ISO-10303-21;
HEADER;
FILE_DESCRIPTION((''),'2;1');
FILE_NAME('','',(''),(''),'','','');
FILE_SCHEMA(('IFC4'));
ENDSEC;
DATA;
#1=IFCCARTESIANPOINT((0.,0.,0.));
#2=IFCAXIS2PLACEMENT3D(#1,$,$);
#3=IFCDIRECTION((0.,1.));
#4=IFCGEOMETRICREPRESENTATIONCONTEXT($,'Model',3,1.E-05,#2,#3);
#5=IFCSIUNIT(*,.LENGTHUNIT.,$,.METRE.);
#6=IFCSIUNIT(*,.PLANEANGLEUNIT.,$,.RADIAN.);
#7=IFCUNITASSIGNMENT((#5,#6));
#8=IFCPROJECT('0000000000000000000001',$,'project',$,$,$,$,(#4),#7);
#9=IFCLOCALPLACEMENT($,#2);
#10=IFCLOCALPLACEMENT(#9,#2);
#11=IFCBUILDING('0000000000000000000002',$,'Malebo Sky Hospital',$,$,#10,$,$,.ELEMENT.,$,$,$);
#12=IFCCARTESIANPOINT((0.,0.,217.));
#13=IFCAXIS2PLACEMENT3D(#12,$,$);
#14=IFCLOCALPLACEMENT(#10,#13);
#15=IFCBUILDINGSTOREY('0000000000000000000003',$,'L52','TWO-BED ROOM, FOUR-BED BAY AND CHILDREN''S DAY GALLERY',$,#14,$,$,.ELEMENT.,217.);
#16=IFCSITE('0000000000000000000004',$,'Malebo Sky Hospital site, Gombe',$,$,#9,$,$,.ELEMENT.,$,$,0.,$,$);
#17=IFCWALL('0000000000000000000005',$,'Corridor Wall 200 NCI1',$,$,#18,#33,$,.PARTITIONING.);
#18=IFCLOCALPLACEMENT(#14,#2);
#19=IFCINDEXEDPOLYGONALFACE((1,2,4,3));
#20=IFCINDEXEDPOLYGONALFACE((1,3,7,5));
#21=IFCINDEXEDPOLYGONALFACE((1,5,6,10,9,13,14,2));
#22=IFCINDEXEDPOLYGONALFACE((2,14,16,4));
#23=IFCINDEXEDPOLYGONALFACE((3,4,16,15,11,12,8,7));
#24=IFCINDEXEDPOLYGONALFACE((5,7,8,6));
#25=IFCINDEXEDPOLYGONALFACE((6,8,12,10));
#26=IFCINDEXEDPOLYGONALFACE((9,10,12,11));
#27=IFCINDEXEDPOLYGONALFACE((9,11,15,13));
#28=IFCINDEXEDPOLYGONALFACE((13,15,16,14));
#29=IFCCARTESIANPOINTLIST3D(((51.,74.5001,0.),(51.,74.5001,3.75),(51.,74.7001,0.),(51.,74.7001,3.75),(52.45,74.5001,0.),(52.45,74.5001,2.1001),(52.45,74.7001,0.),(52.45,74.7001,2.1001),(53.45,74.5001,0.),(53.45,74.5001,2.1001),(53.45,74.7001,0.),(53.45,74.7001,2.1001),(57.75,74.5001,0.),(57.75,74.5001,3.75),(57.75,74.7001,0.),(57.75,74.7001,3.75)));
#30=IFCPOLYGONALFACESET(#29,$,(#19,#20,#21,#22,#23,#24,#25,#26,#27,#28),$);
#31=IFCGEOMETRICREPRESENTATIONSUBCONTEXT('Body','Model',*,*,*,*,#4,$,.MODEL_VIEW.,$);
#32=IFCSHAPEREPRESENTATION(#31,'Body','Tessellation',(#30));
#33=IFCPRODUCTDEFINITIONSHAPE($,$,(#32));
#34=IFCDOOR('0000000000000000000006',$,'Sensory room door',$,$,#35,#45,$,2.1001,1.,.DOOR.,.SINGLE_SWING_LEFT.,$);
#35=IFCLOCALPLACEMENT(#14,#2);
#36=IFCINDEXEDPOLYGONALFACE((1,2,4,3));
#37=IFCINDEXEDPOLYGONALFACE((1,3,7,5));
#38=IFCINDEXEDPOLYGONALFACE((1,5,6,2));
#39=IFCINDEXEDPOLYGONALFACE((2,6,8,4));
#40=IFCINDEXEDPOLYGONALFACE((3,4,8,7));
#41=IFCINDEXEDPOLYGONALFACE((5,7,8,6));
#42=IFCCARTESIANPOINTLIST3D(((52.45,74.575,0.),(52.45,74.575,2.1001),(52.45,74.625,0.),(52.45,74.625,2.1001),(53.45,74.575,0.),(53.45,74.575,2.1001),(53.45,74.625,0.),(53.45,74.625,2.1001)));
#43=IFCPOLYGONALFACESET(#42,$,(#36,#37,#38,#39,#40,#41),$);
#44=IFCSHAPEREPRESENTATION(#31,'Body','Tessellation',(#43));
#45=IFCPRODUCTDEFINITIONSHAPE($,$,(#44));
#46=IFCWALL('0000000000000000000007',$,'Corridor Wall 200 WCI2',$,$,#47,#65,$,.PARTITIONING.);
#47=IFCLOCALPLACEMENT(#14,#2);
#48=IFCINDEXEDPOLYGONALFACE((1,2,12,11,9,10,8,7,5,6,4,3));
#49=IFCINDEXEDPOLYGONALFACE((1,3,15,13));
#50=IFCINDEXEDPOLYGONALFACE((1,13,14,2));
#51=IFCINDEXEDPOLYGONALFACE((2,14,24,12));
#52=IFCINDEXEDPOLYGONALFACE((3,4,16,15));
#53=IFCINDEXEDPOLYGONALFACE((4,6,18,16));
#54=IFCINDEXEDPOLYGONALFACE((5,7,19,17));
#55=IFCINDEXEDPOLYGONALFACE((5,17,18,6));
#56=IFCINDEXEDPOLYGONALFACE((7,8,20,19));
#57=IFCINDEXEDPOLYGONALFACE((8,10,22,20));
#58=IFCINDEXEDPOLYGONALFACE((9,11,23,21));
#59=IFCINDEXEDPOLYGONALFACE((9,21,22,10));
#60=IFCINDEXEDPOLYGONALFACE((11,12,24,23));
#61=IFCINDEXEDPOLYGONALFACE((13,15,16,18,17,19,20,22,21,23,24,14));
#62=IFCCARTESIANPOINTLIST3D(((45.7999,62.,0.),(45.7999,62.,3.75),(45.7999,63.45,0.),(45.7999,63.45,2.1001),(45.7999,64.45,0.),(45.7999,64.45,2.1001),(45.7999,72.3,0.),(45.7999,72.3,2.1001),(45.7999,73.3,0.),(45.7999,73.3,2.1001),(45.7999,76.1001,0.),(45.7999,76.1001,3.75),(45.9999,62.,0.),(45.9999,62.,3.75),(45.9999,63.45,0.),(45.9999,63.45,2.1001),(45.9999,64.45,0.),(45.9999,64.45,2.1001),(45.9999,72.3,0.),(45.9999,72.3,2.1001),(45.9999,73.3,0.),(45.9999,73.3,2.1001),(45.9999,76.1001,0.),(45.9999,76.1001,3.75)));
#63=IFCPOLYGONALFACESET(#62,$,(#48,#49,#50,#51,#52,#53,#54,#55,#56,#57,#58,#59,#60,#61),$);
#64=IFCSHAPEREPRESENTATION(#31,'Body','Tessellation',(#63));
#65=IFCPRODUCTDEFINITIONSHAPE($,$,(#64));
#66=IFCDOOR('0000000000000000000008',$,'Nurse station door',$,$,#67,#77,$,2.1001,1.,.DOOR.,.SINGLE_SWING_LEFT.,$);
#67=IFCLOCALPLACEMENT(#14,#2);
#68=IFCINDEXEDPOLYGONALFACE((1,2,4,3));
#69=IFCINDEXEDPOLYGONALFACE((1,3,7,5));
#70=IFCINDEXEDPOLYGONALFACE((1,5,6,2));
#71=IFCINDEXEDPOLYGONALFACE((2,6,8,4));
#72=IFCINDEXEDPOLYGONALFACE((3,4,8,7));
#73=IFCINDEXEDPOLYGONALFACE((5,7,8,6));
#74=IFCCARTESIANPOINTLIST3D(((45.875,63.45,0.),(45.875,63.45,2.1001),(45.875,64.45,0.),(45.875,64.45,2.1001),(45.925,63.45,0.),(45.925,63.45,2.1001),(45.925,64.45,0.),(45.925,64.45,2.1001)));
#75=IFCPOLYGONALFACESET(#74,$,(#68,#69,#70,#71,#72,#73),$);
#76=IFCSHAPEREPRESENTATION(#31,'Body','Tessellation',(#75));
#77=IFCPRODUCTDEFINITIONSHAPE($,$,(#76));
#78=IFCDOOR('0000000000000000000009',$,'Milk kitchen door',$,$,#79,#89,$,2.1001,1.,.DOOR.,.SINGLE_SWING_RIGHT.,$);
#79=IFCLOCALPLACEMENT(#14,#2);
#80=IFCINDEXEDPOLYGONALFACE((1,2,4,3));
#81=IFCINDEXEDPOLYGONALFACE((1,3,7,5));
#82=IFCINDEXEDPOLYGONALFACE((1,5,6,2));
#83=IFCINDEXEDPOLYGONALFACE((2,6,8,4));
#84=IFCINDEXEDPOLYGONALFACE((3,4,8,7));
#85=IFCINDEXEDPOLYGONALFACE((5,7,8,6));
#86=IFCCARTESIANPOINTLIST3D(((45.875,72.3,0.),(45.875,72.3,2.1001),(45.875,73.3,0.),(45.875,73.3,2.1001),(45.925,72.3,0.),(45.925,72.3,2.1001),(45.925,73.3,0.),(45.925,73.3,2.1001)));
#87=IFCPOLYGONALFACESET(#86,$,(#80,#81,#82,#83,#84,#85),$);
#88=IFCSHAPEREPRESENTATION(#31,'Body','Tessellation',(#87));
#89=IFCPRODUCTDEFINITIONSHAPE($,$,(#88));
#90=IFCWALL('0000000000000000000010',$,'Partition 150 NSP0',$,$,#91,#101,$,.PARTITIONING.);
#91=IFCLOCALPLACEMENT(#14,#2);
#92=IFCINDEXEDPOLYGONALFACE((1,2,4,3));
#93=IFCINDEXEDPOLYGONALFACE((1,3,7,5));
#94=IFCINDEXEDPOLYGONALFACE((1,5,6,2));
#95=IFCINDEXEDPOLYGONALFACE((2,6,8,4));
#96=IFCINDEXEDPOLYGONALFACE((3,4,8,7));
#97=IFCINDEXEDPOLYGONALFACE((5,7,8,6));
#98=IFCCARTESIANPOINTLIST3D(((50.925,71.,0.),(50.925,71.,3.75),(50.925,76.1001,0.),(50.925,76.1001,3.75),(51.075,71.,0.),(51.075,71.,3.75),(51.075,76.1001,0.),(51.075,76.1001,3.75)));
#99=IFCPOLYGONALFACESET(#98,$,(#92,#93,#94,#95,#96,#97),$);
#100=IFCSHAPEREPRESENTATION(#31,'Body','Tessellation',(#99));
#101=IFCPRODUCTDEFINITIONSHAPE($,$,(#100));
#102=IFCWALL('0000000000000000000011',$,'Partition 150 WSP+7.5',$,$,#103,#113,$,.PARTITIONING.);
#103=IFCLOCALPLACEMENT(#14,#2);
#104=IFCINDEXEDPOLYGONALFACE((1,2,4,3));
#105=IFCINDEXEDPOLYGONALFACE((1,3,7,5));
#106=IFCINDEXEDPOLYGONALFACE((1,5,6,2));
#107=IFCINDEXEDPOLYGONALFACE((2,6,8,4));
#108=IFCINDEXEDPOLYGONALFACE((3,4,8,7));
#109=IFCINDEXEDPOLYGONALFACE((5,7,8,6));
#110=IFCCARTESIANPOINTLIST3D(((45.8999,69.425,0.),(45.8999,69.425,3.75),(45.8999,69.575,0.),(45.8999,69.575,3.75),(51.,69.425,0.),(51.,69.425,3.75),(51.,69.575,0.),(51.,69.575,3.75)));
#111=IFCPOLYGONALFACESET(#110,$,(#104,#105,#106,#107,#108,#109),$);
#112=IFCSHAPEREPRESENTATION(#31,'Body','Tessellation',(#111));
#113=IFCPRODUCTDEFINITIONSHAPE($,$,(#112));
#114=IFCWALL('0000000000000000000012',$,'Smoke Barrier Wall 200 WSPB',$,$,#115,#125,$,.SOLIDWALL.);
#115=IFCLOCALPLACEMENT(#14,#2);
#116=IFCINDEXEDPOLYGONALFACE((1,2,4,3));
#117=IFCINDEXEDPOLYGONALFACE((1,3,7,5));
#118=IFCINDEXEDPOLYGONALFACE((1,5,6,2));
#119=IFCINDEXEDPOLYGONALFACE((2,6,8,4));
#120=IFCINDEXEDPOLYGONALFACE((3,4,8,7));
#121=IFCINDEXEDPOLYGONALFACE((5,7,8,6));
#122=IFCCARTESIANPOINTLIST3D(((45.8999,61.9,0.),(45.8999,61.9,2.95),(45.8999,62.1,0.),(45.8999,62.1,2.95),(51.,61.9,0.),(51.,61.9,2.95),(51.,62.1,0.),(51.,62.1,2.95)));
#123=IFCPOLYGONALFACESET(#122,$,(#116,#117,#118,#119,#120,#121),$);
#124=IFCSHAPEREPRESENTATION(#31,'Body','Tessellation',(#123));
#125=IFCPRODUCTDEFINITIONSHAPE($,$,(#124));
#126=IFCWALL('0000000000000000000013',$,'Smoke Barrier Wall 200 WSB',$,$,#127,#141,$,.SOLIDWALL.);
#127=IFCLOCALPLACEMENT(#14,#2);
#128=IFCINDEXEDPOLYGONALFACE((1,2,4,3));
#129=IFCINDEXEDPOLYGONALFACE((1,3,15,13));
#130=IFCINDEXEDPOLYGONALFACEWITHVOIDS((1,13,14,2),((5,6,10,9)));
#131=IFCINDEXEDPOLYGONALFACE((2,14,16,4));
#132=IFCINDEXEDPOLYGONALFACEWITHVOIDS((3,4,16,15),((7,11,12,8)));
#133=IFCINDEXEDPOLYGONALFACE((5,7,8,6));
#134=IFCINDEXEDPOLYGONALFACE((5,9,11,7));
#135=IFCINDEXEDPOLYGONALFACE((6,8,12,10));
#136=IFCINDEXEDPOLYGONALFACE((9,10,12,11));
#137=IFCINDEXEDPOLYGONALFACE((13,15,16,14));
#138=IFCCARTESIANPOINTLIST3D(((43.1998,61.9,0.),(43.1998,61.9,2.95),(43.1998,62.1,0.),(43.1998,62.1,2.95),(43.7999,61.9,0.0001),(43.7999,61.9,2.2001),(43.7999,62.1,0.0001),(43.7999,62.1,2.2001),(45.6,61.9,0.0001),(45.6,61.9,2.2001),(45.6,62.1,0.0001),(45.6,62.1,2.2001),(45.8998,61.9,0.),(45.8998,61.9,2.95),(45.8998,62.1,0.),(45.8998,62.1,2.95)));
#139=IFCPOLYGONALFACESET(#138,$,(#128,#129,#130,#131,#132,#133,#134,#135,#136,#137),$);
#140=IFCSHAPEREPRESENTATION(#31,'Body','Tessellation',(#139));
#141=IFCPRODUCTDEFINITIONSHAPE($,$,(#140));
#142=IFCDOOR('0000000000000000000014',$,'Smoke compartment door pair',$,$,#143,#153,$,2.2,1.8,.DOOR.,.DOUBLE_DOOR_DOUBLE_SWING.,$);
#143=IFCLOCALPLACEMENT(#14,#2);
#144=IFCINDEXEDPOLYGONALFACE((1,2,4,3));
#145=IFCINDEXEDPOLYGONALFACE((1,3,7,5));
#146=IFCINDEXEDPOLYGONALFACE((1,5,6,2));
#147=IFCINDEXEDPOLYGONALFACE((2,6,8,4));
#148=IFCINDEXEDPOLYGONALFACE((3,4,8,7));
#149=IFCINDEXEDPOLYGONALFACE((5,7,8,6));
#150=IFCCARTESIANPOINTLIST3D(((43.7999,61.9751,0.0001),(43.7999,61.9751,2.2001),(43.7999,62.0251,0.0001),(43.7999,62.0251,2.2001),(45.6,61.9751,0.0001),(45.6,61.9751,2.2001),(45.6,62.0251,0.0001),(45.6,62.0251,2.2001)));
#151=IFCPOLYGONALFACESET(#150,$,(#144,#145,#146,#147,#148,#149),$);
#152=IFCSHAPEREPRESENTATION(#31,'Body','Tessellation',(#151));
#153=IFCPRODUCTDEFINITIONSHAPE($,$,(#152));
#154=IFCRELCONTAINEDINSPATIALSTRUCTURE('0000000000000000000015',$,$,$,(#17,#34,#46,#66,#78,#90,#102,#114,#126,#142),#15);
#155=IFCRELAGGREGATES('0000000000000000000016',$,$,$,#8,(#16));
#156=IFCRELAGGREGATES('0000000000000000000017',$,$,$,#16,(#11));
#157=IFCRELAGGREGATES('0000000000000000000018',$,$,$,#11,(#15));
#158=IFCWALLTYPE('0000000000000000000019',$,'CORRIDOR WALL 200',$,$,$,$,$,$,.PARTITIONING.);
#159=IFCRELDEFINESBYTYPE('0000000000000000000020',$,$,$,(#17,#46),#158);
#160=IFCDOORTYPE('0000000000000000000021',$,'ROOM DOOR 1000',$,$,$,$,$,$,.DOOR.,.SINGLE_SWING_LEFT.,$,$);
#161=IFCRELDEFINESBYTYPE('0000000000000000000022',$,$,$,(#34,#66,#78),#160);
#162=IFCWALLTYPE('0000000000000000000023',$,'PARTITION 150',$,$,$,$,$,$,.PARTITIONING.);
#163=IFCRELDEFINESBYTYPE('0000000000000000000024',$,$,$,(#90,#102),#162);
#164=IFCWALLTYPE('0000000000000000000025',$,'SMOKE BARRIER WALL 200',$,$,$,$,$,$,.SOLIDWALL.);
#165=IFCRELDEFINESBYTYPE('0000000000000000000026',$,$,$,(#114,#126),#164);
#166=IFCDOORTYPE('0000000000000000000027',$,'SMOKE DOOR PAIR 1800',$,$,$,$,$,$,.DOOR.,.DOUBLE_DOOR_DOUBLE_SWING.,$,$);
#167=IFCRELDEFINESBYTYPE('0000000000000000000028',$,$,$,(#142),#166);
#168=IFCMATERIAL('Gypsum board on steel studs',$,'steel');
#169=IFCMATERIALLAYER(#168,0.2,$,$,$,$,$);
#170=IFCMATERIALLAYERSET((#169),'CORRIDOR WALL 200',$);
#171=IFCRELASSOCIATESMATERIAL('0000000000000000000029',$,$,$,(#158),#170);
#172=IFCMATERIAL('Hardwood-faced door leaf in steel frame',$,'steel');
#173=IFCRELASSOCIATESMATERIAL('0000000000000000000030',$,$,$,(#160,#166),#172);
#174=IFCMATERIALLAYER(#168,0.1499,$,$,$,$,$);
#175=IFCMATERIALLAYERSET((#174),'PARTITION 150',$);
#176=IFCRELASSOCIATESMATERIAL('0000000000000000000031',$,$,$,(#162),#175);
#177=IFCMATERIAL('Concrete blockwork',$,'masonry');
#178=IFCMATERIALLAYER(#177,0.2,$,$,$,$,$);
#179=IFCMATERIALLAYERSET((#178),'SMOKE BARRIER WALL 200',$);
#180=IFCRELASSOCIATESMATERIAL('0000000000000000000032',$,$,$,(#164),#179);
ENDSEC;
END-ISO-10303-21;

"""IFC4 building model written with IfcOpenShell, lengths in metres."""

from ifc_helpers import new_model, si_unit, direction, frame, frame_2d, origin, place, context, subcontext, project, spatial, rectangle, extrude, material, layer, layer_set, type_object, element, fill, save


model = new_model("IFC4")

# Units and contexts
model_context = context("Model", 3, precision=1e-05, world=origin(), true_north=direction((0.0, 1.0)))
body_context = subcontext(model_context, "Body", "Model", "MODEL_VIEW")
ifc_project = project(units=[si_unit("LENGTHUNIT", "METRE"), si_unit("PLANEANGLEUNIT", "RADIAN")], contexts=[model_context])

# Site, building, storey
site_placement = place(None, origin())
site = spatial("IfcSite", under=ifc_project, at=site_placement, Name="Malebo Sky Hospital site, Gombe", CompositionType="ELEMENT", RefElevation=0.0)
building_placement = place(site_placement, origin())
building = spatial("IfcBuilding", under=site, at=building_placement, Name="Malebo Sky Hospital", CompositionType="ELEMENT")
storey_placement = place(building_placement, frame((0.0, 0.0, 217.0)))
storey = spatial("IfcBuildingStorey", under=building, at=storey_placement, Name="L52", Description="TWO-BED ROOM, FOUR-BED BAY AND CHILDREN'S DAY GALLERY", CompositionType="ELEMENT", Elevation=217.0)

# Wall, opening, door
ifc_material_1 = material(Name="Hardwood-faced door leaf in steel frame", Category="steel")
ifc_material_2 = material(Name="Gypsum board on steel studs", Category="steel")
ifc_layer_1 = layer(ifc_material_2, 0.2)
ifc_layer_set_1 = layer_set([ifc_layer_1], Name="CORRIDOR WALL 200")
wall_type_1 = type_object("IfcWallType", Name="CORRIDOR WALL 200", PredefinedType="PARTITIONING", material=ifc_layer_set_1)
wall_1_placement = place(storey_placement, frame((51.0, 74.6001, 0.0), z_axis=(0.0, 0.0, 1.0), x_axis=(1.0, 0.0, 0.0)))
wall_1 = element("IfcWall", 1, at=wall_1_placement, inside=storey, type_object=wall_type_1, Name="Corridor Wall 200 NCI1", PredefinedType="PARTITIONING", context=body_context, shape_type="SweptSolid", body=[
    extrude(rectangle(XDim=6.75, YDim=0.2, at=frame_2d((3.375, 0.0))), origin(), (0.0, 0.0, 1.0), 3.75),
])
opening_1_placement = place(wall_1_placement, frame((1.45, 0.0, 0.0)))
opening_1 = element("IfcOpeningElement", 2, at=opening_1_placement, cuts=wall_1, PredefinedType="OPENING", context=body_context, shape_type="SweptSolid", body=[
    extrude(rectangle(XDim=1.0, YDim=2.1001, at=frame_2d((0.5, 1.05))), frame((0.0, 0.1099, 0.0), z_axis=(0.0, -1.0, 0.0), x_axis=(1.0, 0.0, 0.0)), (0.0, 0.0, 1.0), 0.22),
])
door_type_1 = type_object("IfcDoorType", Name="ROOM DOOR 1000", OperationType="SINGLE_SWING_LEFT", PredefinedType="DOOR", material=ifc_material_1)
door_1_placement = place(opening_1_placement, origin())
door_1 = element("IfcDoor", 3, at=door_1_placement, inside=storey, type_object=door_type_1, Name="Sensory room door", OperationType="SINGLE_SWING_LEFT", OverallHeight=2.1001, OverallWidth=1.0, PredefinedType="DOOR", context=body_context, shape_type="SweptSolid", body=[
    extrude(rectangle(XDim=1.0, YDim=2.1001, at=frame_2d((0.5, 1.05))), frame((0.0, 0.0249, 0.0), z_axis=(0.0, -1.0, 0.0), x_axis=(1.0, 0.0, 0.0)), (0.0, 0.0, 1.0), 0.05),
])
fill(opening_1, door_1)

# Wall, openings, doors
wall_2_placement = place(storey_placement, frame((45.8999, 62.0, 0.0), z_axis=(0.0, 0.0, 1.0), x_axis=(0.0, 1.0, 0.0)))
wall_2 = element("IfcWall", 4, at=wall_2_placement, inside=storey, type_object=wall_type_1, Name="Corridor Wall 200 WCI2", PredefinedType="PARTITIONING", context=body_context, shape_type="SweptSolid", body=[
    extrude(rectangle(XDim=14.1001, YDim=0.2, at=frame_2d((7.05, 0.0))), origin(), (0.0, 0.0, 1.0), 3.75),
])
opening_2_placement = place(wall_2_placement, frame((1.45, 0.0, 0.0)))
opening_2 = element("IfcOpeningElement", 5, at=opening_2_placement, cuts=wall_2, PredefinedType="OPENING", context=body_context, shape_type="SweptSolid", body=[
    extrude(rectangle(XDim=1.0, YDim=2.1001, at=frame_2d((0.5, 1.05))), frame((0.0, 0.1099, 0.0), z_axis=(0.0, -1.0, 0.0), x_axis=(1.0, 0.0, 0.0)), (0.0, 0.0, 1.0), 0.22),
])
opening_3_placement = place(wall_2_placement, frame((10.3, 0.0, 0.0)))
opening_3 = element("IfcOpeningElement", 6, at=opening_3_placement, cuts=wall_2, PredefinedType="OPENING", context=body_context, shape_type="SweptSolid", body=[
    extrude(rectangle(XDim=1.0, YDim=2.1001, at=frame_2d((0.5, 1.05))), frame((0.0, 0.1099, 0.0), z_axis=(0.0, -1.0, 0.0), x_axis=(1.0, 0.0, 0.0)), (0.0, 0.0, 1.0), 0.22),
])
door_2_placement = place(opening_2_placement, origin())
door_2 = element("IfcDoor", 7, at=door_2_placement, inside=storey, type_object=door_type_1, Name="Nurse station door", OperationType="SINGLE_SWING_LEFT", OverallHeight=2.1001, OverallWidth=1.0, PredefinedType="DOOR", context=body_context, shape_type="SweptSolid", body=[
    extrude(rectangle(XDim=1.0, YDim=2.1001, at=frame_2d((0.5, 1.05))), frame((0.0, 0.0249, 0.0), z_axis=(0.0, -1.0, 0.0), x_axis=(1.0, 0.0, 0.0)), (0.0, 0.0, 1.0), 0.05),
])
fill(opening_2, door_2)
door_3_placement = place(opening_3_placement, origin())
door_3 = element("IfcDoor", 8, at=door_3_placement, inside=storey, type_object=door_type_1, Name="Milk kitchen door", OperationType="SINGLE_SWING_RIGHT", OverallHeight=2.1001, OverallWidth=1.0, PredefinedType="DOOR", context=body_context, shape_type="SweptSolid", body=[
    extrude(rectangle(XDim=1.0, YDim=2.1001, at=frame_2d((0.5, 1.05))), frame((0.0, 0.0249, 0.0), z_axis=(0.0, -1.0, 0.0), x_axis=(1.0, 0.0, 0.0)), (0.0, 0.0, 1.0), 0.05),
])
fill(opening_3, door_3)

# Walls
ifc_layer_2 = layer(ifc_material_2, 0.1499)
ifc_layer_set_2 = layer_set([ifc_layer_2], Name="PARTITION 150")
wall_type_2 = type_object("IfcWallType", Name="PARTITION 150", PredefinedType="PARTITIONING", material=ifc_layer_set_2)
for number, where, z_axis, x_axis, name in (
    (9, (51.0, 71.0, 0.0), (0.0, 0.0, 1.0), (0.0, 1.0, 0.0), "Partition 150 NSP0"),
    (10, (51.0, 69.5, 0.0), (0.0, 0.0, 1.0), (-1.0, 0.0, 0.0), "Partition 150 WSP+7.5"),
):
    element("IfcWall", number, at=place(storey_placement, frame(where, z_axis=z_axis, x_axis=x_axis)), inside=storey, type_object=wall_type_2, Name=name, PredefinedType="PARTITIONING", context=body_context, shape_type="SweptSolid", body=[
        extrude(rectangle(XDim=5.1001, YDim=0.1499, at=frame_2d((2.55, 0.0))), origin(), (0.0, 0.0, 1.0), 3.75),
    ])
ifc_material_3 = material(Name="Concrete blockwork", Category="masonry")
ifc_layer_3 = layer(ifc_material_3, 0.2)
ifc_layer_set_3 = layer_set([ifc_layer_3], Name="SMOKE BARRIER WALL 200")
wall_type_3 = type_object("IfcWallType", Name="SMOKE BARRIER WALL 200", PredefinedType="SOLIDWALL", material=ifc_layer_set_3)
wall_3_placement = place(storey_placement, frame((51.0, 62.0, 0.0), z_axis=(0.0, 0.0, 1.0), x_axis=(-1.0, 0.0, 0.0)))
element("IfcWall", 11, at=wall_3_placement, inside=storey, type_object=wall_type_3, Name="Smoke Barrier Wall 200 WSPB", PredefinedType="SOLIDWALL", context=body_context, shape_type="SweptSolid", body=[
    extrude(rectangle(XDim=5.1001, YDim=0.2, at=frame_2d((2.55, 0.0))), origin(), (0.0, 0.0, 1.0), 2.95),
])

# Wall, opening, door
wall_4_placement = place(storey_placement, frame((45.8999, 62.0, 0.0), z_axis=(0.0, 0.0, 1.0), x_axis=(-1.0, 0.0, 0.0)))
wall_4 = element("IfcWall", 12, at=wall_4_placement, inside=storey, type_object=wall_type_3, Name="Smoke Barrier Wall 200 WSB", PredefinedType="SOLIDWALL", context=body_context, shape_type="SweptSolid", body=[
    extrude(rectangle(XDim=2.7, YDim=0.2, at=frame_2d((1.3501, 0.0))), origin(), (0.0, 0.0, 1.0), 2.95),
])
opening_4_placement = place(wall_4_placement, frame((0.3, 0.0, 0.0)))
opening_4 = element("IfcOpeningElement", 13, at=opening_4_placement, cuts=wall_4, PredefinedType="OPENING", context=body_context, shape_type="SweptSolid", body=[
    extrude(rectangle(XDim=1.8, YDim=2.2, at=frame_2d((0.8999, 1.1001))), frame((0.0, 0.1099, 0.0), z_axis=(0.0, -1.0, 0.0), x_axis=(1.0, 0.0, 0.0)), (0.0, 0.0, 1.0), 0.22),
])
door_type_2 = type_object("IfcDoorType", Name="SMOKE DOOR PAIR 1800", OperationType="DOUBLE_DOOR_DOUBLE_SWING", PredefinedType="DOOR", material=ifc_material_1)
door_4_placement = place(opening_4_placement, origin())
door_4 = element("IfcDoor", 14, at=door_4_placement, inside=storey, type_object=door_type_2, Name="Smoke compartment door pair", OperationType="DOUBLE_DOOR_DOUBLE_SWING", OverallHeight=2.2, OverallWidth=1.8, PredefinedType="DOOR", context=body_context, shape_type="SweptSolid", body=[
    extrude(rectangle(XDim=1.8, YDim=2.2, at=frame_2d((0.8999, 1.1001))), frame((0.0, 0.0249, 0.0), z_axis=(0.0, -1.0, 0.0), x_axis=(1.0, 0.0, 0.0)), (0.0, 0.0, 1.0), 0.05),
])
fill(opening_4, door_4)

save(model, "model.ifc")
